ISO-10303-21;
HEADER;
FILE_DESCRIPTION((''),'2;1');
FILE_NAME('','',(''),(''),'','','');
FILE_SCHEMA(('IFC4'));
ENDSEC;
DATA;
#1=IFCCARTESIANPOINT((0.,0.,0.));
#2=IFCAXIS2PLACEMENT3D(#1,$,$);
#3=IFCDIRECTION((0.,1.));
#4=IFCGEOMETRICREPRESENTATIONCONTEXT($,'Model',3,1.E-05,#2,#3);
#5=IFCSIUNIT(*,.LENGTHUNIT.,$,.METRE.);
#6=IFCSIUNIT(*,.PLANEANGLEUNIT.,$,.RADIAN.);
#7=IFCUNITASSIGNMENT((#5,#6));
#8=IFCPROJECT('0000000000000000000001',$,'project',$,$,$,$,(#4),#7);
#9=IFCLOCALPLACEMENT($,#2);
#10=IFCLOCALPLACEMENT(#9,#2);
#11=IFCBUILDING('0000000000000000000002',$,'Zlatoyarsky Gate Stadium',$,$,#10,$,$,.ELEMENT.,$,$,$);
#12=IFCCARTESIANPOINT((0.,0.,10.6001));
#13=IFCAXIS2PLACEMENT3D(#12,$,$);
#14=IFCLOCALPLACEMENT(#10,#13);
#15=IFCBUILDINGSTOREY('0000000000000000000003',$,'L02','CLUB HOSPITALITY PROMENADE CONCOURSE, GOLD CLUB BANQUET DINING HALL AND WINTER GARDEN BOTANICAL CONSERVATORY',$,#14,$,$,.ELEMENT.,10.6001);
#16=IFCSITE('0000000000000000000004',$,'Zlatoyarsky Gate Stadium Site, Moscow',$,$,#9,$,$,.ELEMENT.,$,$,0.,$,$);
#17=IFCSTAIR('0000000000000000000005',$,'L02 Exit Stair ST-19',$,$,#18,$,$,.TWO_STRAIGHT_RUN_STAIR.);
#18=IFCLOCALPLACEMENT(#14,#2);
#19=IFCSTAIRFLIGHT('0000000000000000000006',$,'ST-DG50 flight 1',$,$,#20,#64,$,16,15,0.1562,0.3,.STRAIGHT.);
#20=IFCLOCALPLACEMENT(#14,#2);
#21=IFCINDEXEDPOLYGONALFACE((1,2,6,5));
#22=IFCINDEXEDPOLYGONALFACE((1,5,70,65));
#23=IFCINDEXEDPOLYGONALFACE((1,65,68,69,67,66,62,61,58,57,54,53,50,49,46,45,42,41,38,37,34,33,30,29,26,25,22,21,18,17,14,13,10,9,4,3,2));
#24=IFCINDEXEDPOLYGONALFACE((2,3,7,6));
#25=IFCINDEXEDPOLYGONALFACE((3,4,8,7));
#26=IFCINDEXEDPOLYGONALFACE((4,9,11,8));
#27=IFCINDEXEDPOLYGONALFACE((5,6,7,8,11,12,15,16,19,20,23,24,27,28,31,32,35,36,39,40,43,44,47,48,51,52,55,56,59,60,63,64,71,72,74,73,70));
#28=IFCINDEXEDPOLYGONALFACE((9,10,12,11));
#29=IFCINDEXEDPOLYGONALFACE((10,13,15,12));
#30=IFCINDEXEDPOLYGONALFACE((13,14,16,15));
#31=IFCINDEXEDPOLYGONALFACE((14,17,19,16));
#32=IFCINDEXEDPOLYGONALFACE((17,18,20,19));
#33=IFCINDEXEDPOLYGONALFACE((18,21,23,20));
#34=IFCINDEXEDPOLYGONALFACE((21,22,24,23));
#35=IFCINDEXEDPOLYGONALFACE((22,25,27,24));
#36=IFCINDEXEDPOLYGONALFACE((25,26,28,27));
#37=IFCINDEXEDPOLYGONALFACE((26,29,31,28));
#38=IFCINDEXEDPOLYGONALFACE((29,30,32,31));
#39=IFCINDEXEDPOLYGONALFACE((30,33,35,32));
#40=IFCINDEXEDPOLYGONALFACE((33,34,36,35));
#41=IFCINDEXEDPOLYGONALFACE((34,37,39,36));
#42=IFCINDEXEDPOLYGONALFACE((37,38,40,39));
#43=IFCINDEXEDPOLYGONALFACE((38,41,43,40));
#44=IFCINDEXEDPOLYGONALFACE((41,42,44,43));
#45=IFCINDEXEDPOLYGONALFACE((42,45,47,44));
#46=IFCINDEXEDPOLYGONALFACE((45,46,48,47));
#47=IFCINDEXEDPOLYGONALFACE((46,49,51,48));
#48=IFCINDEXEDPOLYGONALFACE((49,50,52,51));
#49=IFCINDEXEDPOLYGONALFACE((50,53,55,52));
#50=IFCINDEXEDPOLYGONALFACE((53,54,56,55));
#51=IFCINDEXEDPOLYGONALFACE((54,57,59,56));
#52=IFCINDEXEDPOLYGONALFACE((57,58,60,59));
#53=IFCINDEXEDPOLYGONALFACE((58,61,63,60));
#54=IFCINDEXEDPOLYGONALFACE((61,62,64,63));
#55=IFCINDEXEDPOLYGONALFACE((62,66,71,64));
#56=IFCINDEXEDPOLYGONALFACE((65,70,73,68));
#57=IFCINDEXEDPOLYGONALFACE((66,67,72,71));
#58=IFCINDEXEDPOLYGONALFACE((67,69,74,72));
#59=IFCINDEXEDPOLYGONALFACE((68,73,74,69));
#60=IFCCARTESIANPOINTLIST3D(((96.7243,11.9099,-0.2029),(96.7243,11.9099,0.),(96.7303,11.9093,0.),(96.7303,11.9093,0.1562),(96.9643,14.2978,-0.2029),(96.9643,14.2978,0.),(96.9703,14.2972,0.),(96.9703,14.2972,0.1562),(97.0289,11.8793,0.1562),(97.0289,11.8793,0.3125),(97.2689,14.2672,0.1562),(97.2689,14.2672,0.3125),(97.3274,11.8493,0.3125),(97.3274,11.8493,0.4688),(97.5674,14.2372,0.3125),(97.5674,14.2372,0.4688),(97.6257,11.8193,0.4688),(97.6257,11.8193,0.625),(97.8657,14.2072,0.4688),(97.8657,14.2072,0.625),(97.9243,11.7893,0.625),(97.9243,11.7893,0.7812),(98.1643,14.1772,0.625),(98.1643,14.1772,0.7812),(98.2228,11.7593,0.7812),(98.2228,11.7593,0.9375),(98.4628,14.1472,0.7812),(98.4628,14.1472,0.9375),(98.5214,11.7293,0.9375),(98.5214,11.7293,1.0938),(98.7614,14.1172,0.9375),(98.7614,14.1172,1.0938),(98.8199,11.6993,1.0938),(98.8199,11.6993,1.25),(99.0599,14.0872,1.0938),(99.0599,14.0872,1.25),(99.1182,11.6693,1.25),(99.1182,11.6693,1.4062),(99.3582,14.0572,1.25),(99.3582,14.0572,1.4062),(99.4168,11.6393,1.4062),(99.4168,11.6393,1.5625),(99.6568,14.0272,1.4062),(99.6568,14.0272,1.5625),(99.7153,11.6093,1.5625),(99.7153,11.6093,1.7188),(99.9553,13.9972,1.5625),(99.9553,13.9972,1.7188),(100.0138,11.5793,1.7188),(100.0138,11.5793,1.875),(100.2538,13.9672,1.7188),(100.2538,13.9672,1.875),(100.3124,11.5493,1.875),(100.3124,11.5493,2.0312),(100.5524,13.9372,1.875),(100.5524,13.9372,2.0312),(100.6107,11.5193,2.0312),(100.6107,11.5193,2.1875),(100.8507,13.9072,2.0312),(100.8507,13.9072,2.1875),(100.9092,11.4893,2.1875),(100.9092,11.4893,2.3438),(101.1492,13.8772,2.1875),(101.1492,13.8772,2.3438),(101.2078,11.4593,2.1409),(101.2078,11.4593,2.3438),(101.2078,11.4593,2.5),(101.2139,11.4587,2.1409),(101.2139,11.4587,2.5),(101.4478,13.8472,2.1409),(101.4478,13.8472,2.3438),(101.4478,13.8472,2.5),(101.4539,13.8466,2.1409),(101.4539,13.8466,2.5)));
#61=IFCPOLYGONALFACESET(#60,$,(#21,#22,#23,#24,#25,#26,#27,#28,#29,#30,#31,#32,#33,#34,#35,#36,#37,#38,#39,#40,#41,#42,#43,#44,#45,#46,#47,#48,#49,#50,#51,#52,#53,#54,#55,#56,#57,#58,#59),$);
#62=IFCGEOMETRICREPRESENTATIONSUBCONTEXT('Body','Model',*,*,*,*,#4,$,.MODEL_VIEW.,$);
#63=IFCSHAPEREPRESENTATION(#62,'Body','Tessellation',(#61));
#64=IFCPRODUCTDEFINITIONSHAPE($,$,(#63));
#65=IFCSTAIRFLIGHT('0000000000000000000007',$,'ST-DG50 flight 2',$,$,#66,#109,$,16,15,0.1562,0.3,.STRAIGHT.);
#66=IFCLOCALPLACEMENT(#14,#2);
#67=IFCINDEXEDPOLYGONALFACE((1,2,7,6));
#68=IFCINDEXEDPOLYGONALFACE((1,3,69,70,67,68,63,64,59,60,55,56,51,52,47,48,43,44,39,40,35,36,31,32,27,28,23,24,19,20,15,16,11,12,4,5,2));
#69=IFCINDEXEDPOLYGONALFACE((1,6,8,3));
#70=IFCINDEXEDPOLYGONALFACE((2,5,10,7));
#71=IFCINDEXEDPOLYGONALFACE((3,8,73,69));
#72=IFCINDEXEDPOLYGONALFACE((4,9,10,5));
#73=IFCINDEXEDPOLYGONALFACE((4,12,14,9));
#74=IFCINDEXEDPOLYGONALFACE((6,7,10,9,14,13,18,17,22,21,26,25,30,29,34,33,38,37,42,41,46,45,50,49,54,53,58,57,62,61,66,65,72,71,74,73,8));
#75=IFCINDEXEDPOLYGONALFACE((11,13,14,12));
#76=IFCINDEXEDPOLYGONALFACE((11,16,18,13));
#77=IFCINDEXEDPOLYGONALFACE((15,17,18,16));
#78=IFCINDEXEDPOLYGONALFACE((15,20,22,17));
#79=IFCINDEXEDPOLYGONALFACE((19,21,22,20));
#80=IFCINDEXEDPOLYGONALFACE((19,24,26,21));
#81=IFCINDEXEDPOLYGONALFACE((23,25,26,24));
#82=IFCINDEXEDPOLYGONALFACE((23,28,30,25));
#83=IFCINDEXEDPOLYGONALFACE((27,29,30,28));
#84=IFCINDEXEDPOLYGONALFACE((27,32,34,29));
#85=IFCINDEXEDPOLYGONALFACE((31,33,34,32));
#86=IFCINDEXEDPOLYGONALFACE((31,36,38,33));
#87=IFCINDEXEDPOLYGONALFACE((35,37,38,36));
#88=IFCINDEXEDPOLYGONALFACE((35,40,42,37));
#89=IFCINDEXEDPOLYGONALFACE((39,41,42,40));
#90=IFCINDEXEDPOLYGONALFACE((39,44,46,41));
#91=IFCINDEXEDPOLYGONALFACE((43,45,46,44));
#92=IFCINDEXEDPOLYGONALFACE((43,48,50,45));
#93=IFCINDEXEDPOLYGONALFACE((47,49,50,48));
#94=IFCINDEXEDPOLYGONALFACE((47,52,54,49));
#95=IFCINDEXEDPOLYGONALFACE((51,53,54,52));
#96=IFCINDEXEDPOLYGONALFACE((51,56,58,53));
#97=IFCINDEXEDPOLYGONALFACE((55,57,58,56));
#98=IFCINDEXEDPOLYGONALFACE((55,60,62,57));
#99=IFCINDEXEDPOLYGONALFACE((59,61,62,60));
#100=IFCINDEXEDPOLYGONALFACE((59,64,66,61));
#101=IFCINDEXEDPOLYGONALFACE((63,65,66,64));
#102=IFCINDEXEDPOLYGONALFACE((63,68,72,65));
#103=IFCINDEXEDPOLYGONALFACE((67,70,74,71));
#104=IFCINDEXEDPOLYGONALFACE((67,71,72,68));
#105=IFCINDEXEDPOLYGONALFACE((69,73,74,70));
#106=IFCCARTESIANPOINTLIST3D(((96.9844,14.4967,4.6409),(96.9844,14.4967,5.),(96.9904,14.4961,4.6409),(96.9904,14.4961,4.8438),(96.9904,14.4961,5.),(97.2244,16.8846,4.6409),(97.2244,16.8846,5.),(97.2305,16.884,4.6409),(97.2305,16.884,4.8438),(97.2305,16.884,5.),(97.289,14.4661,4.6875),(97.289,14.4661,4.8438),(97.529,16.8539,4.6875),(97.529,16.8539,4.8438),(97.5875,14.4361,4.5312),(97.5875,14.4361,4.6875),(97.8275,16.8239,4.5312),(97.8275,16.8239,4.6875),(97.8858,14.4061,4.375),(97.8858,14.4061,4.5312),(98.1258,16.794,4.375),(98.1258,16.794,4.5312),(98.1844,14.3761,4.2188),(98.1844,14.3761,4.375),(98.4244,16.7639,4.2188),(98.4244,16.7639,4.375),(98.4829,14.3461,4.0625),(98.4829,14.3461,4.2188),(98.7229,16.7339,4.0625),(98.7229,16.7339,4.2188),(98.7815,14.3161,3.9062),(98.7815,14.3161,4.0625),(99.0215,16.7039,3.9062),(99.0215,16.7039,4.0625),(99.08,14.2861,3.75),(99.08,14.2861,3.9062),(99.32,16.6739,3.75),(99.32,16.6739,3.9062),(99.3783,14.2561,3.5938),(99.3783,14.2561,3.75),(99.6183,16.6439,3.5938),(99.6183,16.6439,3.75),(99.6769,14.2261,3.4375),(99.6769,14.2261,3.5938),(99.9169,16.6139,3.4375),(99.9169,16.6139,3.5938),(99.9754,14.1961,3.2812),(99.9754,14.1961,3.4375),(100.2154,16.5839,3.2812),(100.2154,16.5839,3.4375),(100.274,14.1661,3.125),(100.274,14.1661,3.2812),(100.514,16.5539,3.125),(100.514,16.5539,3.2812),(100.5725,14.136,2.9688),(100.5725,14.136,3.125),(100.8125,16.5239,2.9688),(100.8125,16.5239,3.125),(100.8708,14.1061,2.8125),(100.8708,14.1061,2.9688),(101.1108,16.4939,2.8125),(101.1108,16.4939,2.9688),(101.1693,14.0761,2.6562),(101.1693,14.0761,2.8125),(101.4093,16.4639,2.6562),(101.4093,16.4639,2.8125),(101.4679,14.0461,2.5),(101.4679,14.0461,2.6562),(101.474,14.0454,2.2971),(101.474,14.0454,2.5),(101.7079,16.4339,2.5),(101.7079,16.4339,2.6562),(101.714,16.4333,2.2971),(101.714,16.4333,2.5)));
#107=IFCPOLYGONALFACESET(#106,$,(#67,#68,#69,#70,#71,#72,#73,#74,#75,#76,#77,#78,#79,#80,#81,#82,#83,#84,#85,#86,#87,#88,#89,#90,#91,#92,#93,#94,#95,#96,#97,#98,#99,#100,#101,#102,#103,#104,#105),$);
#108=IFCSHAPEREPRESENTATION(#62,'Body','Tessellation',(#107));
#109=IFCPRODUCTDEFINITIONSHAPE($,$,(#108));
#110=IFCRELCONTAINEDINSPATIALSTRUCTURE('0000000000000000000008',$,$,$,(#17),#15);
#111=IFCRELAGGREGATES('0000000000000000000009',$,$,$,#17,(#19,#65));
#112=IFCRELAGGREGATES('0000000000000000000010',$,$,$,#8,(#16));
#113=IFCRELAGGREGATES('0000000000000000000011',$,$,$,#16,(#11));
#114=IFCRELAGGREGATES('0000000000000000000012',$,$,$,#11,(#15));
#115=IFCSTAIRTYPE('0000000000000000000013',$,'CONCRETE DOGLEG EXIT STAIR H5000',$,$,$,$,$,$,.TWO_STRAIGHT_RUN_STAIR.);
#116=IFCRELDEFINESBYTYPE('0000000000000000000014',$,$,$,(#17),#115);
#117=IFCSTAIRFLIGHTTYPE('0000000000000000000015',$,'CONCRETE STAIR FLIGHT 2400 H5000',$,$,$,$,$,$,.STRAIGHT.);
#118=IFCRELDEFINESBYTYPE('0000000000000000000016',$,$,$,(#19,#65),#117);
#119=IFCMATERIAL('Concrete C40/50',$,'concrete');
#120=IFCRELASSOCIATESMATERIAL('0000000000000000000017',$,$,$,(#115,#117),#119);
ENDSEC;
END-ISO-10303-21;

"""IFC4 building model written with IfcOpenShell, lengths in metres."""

from ifc_helpers import new_model, si_unit, direction, frame, origin, place, context, subcontext, project, spatial, polyline, outline, extrude, material, type_object, element, aggregate, save


model = new_model("IFC4")

# Units and contexts
model_context = context("Model", 3, precision=1e-05, world=origin(), true_north=direction((0.0, 1.0)))
body_context = subcontext(model_context, "Body", "Model", "MODEL_VIEW")
ifc_project = project(units=[si_unit("LENGTHUNIT", "METRE"), si_unit("PLANEANGLEUNIT", "RADIAN")], contexts=[model_context])

# Site, building, storey
site_placement = place(None, origin())
site = spatial("IfcSite", under=ifc_project, at=site_placement, Name="Zlatoyarsky Gate Stadium Site, Moscow", CompositionType="ELEMENT", RefElevation=0.0)
building_placement = place(site_placement, origin())
building = spatial("IfcBuilding", under=site, at=building_placement, Name="Zlatoyarsky Gate Stadium", CompositionType="ELEMENT")
storey_placement = place(building_placement, frame((0.0, 0.0, 10.6001)))
storey = spatial("IfcBuildingStorey", under=building, at=storey_placement, Name="L02", Description="CLUB HOSPITALITY PROMENADE CONCOURSE, GOLD CLUB BANQUET DINING HALL AND WINTER GARDEN BOTANICAL CONSERVATORY", CompositionType="ELEMENT", Elevation=10.6001)

# Shared definitions
ifc_material_1 = material(Name="Concrete C40/50", Category="concrete")

# Stair, stair flights
stair_type = type_object("IfcStairType", Name="CONCRETE DOGLEG EXIT STAIR H5000", PredefinedType="TWO_STRAIGHT_RUN_STAIR", material=ifc_material_1)
stair_placement = place(storey_placement, origin())
stair = element("IfcStair", 1, at=stair_placement, inside=storey, type_object=stair_type, Name="L02 Exit Stair ST-19", PredefinedType="TWO_STRAIGHT_RUN_STAIR")
stair_flight_type = type_object("IfcStairFlightType", Name="CONCRETE STAIR FLIGHT 2400 H5000", PredefinedType="STRAIGHT", material=ifc_material_1)
stair_flight_1_placement = place(storey_placement, frame((96.8503, 13.1033, 0.0), z_axis=(0.0, 0.0, 1.0), x_axis=(0.994987, -0.100006, 0.0)))
stair_flight_1 = element("IfcStairFlight", 2, at=stair_flight_1_placement, type_object=stair_flight_type, Name="ST-DG50 flight 1", NumberOfRisers=16, NumberOfTreads=15, PredefinedType="STRAIGHT", RiserHeight=0.1562, TreadLength=0.3, context=body_context, shape_type="SweptSolid", body=[
    extrude(outline(polyline([(-0.0061, -0.2029), (-0.0061, 0.0), (0.0, 0.0), (0.0, 0.1562), (0.3, 0.1562), (0.3, 0.3125), (0.6001, 0.3125), (0.6001, 0.4688), (0.8999, 0.4688), (0.8999, 0.625), (1.2, 0.625), (1.2, 0.7812), (1.5, 0.7812), (1.5, 0.9375), (1.8, 0.9375), (1.8, 1.0938), (2.1001, 1.0938), (2.1001, 1.25), (2.3999, 1.25), (2.3999, 1.4062), (2.7, 1.4062), (2.7, 1.5625), (3.0, 1.5625), (3.0, 1.7188), (3.3, 1.7188), (3.3, 1.875), (3.6001, 1.875), (3.6001, 2.0312), (3.8999, 2.0312), (3.8999, 2.1875), (4.2, 2.1875), (4.2, 2.3438), (4.5, 2.3438), (4.5, 2.5), (4.5061, 2.5), (4.5061, 2.1409), (4.5, 2.1409), (-0.0061, -0.2029)])), frame((0.0, 1.2, 0.0), z_axis=(0.0, -1.0, 0.0), x_axis=(1.0, 0.0, 0.0)), (0.0, 0.0, 1.0), 2.3999),
])
stair_flight_2_placement = place(storey_placement, frame((101.5879, 15.24, 2.5), z_axis=(0.0, 0.0, 1.0), x_axis=(-0.994987, 0.100006, 0.0)))
stair_flight_2 = element("IfcStairFlight", 3, at=stair_flight_2_placement, type_object=stair_flight_type, Name="ST-DG50 flight 2", NumberOfRisers=16, NumberOfTreads=15, PredefinedType="STRAIGHT", RiserHeight=0.1562, TreadLength=0.3, context=body_context, shape_type="SweptSolid", body=[
    extrude(outline(polyline([(-0.0061, -0.2029), (-0.0061, 0.0), (0.0, 0.0), (0.0, 0.1562), (0.3, 0.1562), (0.3, 0.3125), (0.6001, 0.3125), (0.6001, 0.4688), (0.8999, 0.4688), (0.8999, 0.625), (1.2, 0.625), (1.2, 0.7812), (1.5, 0.7812), (1.5, 0.9375), (1.8, 0.9375), (1.8, 1.0938), (2.1001, 1.0938), (2.1001, 1.25), (2.3999, 1.25), (2.3999, 1.4062), (2.7, 1.4062), (2.7, 1.5625), (3.0, 1.5625), (3.0, 1.7188), (3.3, 1.7188), (3.3, 1.875), (3.6001, 1.875), (3.6001, 2.0312), (3.8999, 2.0312), (3.8999, 2.1875), (4.2, 2.1875), (4.2, 2.3438), (4.5, 2.3438), (4.5, 2.5), (4.5061, 2.5), (4.5061, 2.1409), (4.5, 2.1409), (-0.0061, -0.2029)])), frame((0.0, 1.2, 0.0), z_axis=(0.0, -1.0, 0.0), x_axis=(1.0, 0.0, 0.0)), (0.0, 0.0, 1.0), 2.3999),
])
aggregate(stair, [stair_flight_1, stair_flight_2])

save(model, "model.ifc")
